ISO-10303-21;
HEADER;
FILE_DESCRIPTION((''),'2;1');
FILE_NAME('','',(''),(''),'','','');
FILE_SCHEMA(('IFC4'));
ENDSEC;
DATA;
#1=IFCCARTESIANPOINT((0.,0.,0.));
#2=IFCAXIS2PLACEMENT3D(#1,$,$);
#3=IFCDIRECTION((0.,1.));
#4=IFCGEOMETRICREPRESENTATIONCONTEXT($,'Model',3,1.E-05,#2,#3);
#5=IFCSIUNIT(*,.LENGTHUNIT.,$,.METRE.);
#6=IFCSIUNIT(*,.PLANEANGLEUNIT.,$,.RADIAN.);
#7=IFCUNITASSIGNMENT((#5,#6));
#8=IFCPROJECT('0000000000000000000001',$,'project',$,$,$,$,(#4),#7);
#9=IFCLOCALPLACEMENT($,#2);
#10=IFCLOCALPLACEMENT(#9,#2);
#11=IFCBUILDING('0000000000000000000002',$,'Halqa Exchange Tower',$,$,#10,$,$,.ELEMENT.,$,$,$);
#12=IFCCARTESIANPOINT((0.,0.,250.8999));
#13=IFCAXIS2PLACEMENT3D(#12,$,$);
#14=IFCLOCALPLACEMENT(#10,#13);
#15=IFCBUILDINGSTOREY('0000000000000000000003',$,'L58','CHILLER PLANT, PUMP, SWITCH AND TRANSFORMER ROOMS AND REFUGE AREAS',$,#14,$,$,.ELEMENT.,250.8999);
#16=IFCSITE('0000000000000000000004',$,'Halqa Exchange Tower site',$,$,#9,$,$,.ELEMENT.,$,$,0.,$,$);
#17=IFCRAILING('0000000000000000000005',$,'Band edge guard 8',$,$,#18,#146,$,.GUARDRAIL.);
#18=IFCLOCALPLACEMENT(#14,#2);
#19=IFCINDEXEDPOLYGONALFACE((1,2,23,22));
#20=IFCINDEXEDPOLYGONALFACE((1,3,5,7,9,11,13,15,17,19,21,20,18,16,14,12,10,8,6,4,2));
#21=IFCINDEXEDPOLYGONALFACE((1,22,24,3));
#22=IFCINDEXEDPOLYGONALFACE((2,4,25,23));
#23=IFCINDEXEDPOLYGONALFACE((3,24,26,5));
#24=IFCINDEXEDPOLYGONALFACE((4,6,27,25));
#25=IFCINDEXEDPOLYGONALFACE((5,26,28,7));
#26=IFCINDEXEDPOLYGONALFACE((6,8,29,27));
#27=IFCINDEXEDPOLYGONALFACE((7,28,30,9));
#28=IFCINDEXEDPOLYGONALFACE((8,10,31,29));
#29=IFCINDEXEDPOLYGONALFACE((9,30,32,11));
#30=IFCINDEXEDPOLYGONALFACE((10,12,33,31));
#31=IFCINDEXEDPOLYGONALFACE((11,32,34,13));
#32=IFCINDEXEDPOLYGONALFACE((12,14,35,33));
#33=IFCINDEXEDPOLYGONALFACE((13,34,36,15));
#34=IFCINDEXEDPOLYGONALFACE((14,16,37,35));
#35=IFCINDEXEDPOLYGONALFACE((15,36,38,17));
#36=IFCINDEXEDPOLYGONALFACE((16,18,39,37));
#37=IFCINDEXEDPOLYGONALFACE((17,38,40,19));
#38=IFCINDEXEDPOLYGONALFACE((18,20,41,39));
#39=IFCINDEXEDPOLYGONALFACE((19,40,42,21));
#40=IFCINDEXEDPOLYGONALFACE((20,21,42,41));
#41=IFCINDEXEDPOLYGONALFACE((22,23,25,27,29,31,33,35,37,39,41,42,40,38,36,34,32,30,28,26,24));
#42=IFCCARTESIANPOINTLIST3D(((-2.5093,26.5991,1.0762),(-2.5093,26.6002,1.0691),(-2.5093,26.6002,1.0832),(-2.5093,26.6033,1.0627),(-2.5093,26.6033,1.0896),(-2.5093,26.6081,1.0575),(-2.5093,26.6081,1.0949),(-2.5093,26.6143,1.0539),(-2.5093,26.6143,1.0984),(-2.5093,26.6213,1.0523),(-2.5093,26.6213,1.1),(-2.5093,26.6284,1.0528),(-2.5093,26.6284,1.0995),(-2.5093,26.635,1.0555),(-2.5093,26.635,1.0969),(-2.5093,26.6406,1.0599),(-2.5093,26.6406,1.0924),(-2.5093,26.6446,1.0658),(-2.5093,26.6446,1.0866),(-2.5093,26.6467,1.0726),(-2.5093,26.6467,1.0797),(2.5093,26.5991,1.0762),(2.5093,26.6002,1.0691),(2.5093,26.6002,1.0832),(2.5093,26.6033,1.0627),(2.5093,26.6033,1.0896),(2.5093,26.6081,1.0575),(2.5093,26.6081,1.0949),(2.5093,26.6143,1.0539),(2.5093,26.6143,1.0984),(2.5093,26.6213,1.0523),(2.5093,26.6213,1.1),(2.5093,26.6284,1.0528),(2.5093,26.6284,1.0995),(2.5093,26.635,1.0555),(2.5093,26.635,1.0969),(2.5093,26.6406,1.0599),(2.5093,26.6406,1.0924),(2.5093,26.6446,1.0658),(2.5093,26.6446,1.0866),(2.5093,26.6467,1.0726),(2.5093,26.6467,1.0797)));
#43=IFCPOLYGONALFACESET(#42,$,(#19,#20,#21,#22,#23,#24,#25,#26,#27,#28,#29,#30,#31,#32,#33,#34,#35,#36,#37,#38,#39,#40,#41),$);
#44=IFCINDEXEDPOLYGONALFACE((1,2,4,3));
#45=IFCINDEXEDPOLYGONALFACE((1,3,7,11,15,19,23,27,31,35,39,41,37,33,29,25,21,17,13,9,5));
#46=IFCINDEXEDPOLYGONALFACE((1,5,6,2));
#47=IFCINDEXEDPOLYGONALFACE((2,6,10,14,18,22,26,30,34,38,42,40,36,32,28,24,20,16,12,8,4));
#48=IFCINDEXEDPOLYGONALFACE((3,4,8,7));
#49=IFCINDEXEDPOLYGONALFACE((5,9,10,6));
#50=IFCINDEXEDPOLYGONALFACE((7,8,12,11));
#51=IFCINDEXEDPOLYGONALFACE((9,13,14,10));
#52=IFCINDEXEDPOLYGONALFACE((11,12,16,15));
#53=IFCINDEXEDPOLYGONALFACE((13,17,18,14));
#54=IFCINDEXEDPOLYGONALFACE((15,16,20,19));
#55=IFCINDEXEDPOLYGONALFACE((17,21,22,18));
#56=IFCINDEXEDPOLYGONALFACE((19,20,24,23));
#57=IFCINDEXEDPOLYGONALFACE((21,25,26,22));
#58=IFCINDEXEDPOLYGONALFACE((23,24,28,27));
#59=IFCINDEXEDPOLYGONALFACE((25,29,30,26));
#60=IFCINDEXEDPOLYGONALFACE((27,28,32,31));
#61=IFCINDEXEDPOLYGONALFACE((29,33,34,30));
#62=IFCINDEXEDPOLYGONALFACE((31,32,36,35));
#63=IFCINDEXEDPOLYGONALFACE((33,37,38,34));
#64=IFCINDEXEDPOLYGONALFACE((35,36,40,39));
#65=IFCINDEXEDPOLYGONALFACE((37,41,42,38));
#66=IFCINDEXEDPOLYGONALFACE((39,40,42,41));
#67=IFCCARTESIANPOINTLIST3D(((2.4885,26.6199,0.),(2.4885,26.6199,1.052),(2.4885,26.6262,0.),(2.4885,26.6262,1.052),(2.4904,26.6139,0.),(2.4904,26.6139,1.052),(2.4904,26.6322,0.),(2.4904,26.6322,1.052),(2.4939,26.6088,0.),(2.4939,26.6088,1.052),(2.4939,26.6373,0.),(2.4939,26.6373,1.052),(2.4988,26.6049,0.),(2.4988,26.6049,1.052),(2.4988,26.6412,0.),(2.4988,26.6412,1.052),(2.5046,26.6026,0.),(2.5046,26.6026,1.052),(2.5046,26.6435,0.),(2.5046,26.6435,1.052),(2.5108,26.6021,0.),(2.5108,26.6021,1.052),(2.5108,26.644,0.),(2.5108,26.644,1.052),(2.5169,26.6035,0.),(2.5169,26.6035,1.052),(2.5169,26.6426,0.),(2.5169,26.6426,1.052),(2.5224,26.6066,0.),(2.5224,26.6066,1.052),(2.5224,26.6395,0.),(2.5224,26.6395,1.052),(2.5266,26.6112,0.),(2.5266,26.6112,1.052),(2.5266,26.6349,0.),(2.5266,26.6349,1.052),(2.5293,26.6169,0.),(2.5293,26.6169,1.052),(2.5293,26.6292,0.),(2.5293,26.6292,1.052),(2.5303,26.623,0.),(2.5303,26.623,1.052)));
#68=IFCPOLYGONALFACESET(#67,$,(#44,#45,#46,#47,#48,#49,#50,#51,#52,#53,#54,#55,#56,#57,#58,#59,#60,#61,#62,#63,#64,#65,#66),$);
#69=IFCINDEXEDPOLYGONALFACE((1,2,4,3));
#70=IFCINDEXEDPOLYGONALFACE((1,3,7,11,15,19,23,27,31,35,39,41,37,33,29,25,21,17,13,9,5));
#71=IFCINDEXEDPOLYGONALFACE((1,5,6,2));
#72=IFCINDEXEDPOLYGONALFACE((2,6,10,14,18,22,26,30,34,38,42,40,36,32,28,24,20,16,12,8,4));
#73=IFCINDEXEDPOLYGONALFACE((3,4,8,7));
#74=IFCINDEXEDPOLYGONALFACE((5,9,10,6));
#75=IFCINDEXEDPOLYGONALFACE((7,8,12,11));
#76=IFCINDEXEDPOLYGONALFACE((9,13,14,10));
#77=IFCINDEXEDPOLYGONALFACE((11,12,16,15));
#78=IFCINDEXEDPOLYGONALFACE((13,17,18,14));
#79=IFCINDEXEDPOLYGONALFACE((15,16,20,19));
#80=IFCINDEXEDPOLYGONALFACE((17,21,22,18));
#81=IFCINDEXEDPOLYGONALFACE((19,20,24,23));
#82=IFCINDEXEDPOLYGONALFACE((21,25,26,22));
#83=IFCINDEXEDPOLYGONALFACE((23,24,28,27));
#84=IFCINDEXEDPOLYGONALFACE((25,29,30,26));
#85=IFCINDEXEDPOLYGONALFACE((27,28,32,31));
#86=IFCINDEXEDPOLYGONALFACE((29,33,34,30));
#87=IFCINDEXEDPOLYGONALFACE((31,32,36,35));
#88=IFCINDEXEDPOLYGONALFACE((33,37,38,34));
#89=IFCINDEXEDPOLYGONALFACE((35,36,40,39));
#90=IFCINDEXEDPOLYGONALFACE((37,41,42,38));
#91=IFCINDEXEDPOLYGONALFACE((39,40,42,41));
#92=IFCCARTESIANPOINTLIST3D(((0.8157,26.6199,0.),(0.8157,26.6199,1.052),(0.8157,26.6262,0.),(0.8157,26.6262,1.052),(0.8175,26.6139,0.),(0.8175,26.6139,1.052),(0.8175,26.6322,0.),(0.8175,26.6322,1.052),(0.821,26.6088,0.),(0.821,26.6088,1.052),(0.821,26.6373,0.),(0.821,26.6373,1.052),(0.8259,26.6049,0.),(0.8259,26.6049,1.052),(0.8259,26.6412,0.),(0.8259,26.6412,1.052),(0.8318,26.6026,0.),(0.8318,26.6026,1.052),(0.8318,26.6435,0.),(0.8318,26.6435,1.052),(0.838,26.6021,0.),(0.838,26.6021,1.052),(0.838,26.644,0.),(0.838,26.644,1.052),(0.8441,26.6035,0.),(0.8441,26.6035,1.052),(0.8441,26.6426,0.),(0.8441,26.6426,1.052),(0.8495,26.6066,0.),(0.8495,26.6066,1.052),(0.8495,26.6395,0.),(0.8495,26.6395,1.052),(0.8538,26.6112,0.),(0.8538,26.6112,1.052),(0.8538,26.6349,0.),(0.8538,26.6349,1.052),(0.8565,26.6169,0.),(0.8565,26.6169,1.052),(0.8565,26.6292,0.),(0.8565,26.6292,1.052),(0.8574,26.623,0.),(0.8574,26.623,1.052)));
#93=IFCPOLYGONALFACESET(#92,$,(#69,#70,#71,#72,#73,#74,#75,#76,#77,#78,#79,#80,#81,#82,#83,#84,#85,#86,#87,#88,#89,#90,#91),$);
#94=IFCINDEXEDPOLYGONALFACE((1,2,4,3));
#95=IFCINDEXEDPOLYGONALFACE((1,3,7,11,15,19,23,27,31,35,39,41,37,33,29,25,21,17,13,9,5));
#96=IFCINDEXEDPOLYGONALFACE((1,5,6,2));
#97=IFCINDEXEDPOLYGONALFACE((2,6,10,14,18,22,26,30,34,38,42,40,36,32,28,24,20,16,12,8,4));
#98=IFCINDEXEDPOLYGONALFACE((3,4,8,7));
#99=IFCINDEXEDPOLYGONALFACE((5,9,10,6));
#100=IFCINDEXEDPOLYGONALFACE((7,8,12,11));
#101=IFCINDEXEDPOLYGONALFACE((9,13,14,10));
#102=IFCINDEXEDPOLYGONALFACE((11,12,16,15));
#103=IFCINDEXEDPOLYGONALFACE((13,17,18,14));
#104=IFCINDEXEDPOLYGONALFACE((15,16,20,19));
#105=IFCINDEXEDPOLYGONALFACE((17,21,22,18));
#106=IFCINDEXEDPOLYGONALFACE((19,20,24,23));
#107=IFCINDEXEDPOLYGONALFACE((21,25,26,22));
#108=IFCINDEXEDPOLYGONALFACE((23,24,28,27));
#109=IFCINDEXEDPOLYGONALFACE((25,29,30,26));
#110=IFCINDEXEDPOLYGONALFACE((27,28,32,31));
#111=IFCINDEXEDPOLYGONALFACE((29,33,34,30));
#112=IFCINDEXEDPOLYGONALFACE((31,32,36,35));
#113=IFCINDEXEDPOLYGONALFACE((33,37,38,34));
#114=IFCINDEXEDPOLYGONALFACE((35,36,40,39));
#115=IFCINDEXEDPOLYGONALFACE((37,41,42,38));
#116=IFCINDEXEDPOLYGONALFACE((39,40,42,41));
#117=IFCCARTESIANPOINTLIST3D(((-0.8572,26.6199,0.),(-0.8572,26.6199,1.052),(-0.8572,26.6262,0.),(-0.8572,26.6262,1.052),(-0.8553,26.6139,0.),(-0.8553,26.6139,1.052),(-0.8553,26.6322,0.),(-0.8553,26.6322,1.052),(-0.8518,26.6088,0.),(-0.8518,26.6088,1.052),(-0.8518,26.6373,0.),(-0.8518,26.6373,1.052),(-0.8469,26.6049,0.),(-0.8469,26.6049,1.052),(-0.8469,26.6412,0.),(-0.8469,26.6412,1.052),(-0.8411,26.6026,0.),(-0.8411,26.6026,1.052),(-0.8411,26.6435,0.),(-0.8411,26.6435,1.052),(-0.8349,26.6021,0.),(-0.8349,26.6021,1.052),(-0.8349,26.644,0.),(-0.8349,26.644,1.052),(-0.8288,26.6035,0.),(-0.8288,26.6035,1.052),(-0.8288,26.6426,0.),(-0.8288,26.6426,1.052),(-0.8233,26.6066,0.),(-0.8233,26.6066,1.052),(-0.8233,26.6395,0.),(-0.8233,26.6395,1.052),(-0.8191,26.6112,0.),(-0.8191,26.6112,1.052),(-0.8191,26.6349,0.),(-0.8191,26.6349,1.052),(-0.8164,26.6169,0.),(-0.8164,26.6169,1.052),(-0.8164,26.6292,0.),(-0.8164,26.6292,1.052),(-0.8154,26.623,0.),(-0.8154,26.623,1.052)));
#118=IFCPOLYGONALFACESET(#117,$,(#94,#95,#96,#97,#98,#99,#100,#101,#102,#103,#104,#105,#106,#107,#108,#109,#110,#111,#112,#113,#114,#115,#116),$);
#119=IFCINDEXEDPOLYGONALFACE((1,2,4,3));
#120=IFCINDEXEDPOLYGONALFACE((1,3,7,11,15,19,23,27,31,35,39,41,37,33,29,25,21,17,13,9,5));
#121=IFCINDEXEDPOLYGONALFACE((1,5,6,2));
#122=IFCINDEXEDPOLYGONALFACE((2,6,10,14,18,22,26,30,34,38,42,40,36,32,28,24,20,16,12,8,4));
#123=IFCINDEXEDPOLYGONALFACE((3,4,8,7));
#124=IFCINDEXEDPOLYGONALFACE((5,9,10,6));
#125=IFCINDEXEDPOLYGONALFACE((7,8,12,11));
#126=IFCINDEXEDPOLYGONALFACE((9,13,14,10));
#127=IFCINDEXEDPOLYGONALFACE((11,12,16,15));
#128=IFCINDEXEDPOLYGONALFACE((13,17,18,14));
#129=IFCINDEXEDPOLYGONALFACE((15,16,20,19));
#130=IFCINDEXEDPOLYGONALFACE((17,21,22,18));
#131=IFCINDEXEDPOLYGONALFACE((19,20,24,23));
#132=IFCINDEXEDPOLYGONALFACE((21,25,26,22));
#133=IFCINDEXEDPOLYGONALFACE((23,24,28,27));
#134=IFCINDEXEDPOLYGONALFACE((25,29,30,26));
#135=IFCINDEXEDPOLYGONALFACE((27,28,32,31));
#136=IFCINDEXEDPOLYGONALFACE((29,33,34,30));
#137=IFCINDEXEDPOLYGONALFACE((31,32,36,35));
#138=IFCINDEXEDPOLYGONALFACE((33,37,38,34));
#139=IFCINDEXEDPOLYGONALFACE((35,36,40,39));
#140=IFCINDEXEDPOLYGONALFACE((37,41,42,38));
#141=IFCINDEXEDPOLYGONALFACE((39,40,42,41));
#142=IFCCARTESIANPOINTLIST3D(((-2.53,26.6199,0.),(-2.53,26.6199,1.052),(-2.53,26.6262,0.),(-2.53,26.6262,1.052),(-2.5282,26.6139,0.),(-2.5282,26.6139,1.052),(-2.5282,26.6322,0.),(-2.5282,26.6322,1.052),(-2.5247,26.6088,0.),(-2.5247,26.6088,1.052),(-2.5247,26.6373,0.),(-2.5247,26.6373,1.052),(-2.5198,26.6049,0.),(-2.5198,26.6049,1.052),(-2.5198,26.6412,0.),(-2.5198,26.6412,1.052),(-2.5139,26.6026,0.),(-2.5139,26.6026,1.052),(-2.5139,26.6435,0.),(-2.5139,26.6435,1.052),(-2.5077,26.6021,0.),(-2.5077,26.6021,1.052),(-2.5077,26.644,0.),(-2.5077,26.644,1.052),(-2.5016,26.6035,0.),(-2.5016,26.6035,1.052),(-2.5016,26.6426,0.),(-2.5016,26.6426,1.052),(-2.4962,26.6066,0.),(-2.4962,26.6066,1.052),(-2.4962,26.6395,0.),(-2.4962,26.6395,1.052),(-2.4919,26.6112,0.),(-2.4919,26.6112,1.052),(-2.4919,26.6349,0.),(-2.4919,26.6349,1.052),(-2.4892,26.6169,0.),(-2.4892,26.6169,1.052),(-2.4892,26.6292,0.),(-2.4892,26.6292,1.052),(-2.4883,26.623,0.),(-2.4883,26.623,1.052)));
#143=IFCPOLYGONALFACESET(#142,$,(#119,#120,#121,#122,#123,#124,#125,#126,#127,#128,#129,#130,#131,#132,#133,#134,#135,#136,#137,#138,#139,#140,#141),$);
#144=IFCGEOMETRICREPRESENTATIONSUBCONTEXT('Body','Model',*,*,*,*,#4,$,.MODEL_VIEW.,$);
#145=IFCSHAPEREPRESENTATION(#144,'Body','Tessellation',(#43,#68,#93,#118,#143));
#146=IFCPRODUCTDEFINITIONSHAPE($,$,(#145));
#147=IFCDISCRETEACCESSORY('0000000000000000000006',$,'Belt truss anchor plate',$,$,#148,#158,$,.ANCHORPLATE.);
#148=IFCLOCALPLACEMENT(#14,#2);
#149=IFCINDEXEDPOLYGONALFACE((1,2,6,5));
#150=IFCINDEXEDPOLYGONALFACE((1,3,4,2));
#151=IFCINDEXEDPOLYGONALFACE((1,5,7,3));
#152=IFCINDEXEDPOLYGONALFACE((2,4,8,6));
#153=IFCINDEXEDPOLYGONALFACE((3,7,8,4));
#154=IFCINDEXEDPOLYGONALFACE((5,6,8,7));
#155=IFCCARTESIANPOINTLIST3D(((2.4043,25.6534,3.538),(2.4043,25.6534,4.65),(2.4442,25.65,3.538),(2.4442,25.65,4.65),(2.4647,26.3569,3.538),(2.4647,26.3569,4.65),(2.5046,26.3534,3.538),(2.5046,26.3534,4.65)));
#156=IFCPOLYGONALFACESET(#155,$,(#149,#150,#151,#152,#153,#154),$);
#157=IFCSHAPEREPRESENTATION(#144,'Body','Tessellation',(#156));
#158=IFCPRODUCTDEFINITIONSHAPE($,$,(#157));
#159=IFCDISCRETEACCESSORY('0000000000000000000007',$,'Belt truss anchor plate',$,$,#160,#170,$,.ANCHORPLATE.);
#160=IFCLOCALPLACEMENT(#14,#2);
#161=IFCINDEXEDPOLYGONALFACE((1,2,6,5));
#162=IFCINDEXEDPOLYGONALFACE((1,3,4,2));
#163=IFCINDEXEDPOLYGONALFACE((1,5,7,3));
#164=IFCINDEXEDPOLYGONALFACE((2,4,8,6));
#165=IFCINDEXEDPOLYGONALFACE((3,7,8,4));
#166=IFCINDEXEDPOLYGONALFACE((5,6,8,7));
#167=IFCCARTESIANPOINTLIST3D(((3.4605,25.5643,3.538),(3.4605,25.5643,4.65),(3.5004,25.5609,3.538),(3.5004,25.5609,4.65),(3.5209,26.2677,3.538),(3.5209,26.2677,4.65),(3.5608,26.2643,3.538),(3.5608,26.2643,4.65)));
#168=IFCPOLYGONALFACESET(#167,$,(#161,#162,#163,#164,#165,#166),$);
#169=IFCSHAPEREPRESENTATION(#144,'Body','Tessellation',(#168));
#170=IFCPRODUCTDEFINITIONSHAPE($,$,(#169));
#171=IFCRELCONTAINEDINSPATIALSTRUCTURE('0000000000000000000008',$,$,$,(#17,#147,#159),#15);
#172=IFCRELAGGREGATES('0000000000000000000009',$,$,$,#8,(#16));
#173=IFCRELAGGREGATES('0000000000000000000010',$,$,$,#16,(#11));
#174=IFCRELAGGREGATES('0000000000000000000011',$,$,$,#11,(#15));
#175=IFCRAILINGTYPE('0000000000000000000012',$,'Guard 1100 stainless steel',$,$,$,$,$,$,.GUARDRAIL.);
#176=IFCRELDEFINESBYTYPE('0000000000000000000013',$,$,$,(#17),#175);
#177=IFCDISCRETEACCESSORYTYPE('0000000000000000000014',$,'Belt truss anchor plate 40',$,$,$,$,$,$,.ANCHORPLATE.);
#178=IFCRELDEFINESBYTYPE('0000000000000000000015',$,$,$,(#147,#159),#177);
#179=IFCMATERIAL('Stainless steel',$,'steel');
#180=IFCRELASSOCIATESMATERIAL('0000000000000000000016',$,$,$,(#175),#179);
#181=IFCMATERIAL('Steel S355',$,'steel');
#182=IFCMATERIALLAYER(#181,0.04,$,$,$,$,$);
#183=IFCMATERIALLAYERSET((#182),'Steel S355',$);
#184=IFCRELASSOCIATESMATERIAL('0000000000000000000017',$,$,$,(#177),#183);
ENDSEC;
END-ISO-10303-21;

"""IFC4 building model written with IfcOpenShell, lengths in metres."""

from ifc_helpers import new_model, si_unit, direction, frame, origin, origin_2d, place, context, subcontext, project, spatial, rectangle, circle, extrude, material, layer, layer_set, type_object, element, save


model = new_model("IFC4")

# Units and contexts
model_context = context("Model", 3, precision=1e-05, world=origin(), true_north=direction((0.0, 1.0)))
body_context = subcontext(model_context, "Body", "Model", "MODEL_VIEW")
ifc_project = project(units=[si_unit("LENGTHUNIT", "METRE"), si_unit("PLANEANGLEUNIT", "RADIAN")], contexts=[model_context])

# Site, building, storey
site_placement = place(None, origin())
site = spatial("IfcSite", under=ifc_project, at=site_placement, Name="Halqa Exchange Tower site", CompositionType="ELEMENT", RefElevation=0.0)
building_placement = place(site_placement, origin())
building = spatial("IfcBuilding", under=site, at=building_placement, Name="Halqa Exchange Tower", CompositionType="ELEMENT")
storey_placement = place(building_placement, frame((0.0, 0.0, 250.8999)))
storey = spatial("IfcBuildingStorey", under=building, at=storey_placement, Name="L58", Description="CHILLER PLANT, PUMP, SWITCH AND TRANSFORMER ROOMS AND REFUGE AREAS", CompositionType="ELEMENT", Elevation=250.8999)

# Shared definitions
ifc_material_1 = material(Name="Steel S355", Category="steel")

# Railing
ifc_material_2 = material(Name="Stainless steel", Category="steel")
railing_type = type_object("IfcRailingType", Name="Guard 1100 stainless steel", PredefinedType="GUARDRAIL", material=ifc_material_2)
railing_placement = place(storey_placement, frame((2.5093, 26.623, 0.0)))
element("IfcRailing", 1, at=railing_placement, inside=storey, type_object=railing_type, Name="Band edge guard 8", PredefinedType="GUARDRAIL", context=body_context, shape_type="SweptSolid", body=[
    extrude(circle(Radius=0.0239, at=origin_2d()), frame((0.0, 0.0, 1.0762), z_axis=(-1.0, 0.0, 0.0), x_axis=(0.0, -1.0, 0.0)), (0.0, 0.0, 1.0), 5.0186),
    extrude(circle(Radius=0.021, at=origin_2d()), origin(), (0.0, 0.0, 1.0), 1.052),
    extrude(circle(Radius=0.021, at=origin_2d()), frame((-1.6729, 0.0, 0.0)), (0.0, 0.0, 1.0), 1.052),
    extrude(circle(Radius=0.021, at=origin_2d()), frame((-3.3457, 0.0, 0.0)), (0.0, 0.0, 1.0), 1.052),
    extrude(circle(Radius=0.021, at=origin_2d()), frame((-5.0186, 0.0, 0.0)), (0.0, 0.0, 1.0), 1.052),
])

# Discrete accessories
ifc_layer_1 = layer(ifc_material_1, 0.04)
ifc_layer_set_1 = layer_set([ifc_layer_1], Name="Steel S355")
discrete_accessory_type = type_object("IfcDiscreteAccessoryType", Name="Belt truss anchor plate 40", PredefinedType="ANCHORPLATE", material=ifc_layer_set_1)
for number, where, z_axis, x_axis, name in (
    (2, (2.4744, 26.0017, 4.094), (-0.996332, 0.085575, 0.0), (-0.085575, -0.996332, 0.0), "Belt truss anchor plate"),
    (3, (3.4907, 25.916, 4.094), (0.996332, -0.085575, 0.0), (0.085575, 0.996332, 0.0), "Belt truss anchor plate"),
):
    element("IfcDiscreteAccessory", number, at=place(storey_placement, frame(where, z_axis=z_axis, x_axis=x_axis)), inside=storey, type_object=discrete_accessory_type, Name=name, PredefinedType="ANCHORPLATE", context=body_context, shape_type="SweptSolid", body=[
        extrude(rectangle(XDim=0.7061, YDim=1.1121, at=origin_2d()), origin(), (0.0, 0.0, 1.0), 0.04),
    ])

save(model, "model.ifc")
